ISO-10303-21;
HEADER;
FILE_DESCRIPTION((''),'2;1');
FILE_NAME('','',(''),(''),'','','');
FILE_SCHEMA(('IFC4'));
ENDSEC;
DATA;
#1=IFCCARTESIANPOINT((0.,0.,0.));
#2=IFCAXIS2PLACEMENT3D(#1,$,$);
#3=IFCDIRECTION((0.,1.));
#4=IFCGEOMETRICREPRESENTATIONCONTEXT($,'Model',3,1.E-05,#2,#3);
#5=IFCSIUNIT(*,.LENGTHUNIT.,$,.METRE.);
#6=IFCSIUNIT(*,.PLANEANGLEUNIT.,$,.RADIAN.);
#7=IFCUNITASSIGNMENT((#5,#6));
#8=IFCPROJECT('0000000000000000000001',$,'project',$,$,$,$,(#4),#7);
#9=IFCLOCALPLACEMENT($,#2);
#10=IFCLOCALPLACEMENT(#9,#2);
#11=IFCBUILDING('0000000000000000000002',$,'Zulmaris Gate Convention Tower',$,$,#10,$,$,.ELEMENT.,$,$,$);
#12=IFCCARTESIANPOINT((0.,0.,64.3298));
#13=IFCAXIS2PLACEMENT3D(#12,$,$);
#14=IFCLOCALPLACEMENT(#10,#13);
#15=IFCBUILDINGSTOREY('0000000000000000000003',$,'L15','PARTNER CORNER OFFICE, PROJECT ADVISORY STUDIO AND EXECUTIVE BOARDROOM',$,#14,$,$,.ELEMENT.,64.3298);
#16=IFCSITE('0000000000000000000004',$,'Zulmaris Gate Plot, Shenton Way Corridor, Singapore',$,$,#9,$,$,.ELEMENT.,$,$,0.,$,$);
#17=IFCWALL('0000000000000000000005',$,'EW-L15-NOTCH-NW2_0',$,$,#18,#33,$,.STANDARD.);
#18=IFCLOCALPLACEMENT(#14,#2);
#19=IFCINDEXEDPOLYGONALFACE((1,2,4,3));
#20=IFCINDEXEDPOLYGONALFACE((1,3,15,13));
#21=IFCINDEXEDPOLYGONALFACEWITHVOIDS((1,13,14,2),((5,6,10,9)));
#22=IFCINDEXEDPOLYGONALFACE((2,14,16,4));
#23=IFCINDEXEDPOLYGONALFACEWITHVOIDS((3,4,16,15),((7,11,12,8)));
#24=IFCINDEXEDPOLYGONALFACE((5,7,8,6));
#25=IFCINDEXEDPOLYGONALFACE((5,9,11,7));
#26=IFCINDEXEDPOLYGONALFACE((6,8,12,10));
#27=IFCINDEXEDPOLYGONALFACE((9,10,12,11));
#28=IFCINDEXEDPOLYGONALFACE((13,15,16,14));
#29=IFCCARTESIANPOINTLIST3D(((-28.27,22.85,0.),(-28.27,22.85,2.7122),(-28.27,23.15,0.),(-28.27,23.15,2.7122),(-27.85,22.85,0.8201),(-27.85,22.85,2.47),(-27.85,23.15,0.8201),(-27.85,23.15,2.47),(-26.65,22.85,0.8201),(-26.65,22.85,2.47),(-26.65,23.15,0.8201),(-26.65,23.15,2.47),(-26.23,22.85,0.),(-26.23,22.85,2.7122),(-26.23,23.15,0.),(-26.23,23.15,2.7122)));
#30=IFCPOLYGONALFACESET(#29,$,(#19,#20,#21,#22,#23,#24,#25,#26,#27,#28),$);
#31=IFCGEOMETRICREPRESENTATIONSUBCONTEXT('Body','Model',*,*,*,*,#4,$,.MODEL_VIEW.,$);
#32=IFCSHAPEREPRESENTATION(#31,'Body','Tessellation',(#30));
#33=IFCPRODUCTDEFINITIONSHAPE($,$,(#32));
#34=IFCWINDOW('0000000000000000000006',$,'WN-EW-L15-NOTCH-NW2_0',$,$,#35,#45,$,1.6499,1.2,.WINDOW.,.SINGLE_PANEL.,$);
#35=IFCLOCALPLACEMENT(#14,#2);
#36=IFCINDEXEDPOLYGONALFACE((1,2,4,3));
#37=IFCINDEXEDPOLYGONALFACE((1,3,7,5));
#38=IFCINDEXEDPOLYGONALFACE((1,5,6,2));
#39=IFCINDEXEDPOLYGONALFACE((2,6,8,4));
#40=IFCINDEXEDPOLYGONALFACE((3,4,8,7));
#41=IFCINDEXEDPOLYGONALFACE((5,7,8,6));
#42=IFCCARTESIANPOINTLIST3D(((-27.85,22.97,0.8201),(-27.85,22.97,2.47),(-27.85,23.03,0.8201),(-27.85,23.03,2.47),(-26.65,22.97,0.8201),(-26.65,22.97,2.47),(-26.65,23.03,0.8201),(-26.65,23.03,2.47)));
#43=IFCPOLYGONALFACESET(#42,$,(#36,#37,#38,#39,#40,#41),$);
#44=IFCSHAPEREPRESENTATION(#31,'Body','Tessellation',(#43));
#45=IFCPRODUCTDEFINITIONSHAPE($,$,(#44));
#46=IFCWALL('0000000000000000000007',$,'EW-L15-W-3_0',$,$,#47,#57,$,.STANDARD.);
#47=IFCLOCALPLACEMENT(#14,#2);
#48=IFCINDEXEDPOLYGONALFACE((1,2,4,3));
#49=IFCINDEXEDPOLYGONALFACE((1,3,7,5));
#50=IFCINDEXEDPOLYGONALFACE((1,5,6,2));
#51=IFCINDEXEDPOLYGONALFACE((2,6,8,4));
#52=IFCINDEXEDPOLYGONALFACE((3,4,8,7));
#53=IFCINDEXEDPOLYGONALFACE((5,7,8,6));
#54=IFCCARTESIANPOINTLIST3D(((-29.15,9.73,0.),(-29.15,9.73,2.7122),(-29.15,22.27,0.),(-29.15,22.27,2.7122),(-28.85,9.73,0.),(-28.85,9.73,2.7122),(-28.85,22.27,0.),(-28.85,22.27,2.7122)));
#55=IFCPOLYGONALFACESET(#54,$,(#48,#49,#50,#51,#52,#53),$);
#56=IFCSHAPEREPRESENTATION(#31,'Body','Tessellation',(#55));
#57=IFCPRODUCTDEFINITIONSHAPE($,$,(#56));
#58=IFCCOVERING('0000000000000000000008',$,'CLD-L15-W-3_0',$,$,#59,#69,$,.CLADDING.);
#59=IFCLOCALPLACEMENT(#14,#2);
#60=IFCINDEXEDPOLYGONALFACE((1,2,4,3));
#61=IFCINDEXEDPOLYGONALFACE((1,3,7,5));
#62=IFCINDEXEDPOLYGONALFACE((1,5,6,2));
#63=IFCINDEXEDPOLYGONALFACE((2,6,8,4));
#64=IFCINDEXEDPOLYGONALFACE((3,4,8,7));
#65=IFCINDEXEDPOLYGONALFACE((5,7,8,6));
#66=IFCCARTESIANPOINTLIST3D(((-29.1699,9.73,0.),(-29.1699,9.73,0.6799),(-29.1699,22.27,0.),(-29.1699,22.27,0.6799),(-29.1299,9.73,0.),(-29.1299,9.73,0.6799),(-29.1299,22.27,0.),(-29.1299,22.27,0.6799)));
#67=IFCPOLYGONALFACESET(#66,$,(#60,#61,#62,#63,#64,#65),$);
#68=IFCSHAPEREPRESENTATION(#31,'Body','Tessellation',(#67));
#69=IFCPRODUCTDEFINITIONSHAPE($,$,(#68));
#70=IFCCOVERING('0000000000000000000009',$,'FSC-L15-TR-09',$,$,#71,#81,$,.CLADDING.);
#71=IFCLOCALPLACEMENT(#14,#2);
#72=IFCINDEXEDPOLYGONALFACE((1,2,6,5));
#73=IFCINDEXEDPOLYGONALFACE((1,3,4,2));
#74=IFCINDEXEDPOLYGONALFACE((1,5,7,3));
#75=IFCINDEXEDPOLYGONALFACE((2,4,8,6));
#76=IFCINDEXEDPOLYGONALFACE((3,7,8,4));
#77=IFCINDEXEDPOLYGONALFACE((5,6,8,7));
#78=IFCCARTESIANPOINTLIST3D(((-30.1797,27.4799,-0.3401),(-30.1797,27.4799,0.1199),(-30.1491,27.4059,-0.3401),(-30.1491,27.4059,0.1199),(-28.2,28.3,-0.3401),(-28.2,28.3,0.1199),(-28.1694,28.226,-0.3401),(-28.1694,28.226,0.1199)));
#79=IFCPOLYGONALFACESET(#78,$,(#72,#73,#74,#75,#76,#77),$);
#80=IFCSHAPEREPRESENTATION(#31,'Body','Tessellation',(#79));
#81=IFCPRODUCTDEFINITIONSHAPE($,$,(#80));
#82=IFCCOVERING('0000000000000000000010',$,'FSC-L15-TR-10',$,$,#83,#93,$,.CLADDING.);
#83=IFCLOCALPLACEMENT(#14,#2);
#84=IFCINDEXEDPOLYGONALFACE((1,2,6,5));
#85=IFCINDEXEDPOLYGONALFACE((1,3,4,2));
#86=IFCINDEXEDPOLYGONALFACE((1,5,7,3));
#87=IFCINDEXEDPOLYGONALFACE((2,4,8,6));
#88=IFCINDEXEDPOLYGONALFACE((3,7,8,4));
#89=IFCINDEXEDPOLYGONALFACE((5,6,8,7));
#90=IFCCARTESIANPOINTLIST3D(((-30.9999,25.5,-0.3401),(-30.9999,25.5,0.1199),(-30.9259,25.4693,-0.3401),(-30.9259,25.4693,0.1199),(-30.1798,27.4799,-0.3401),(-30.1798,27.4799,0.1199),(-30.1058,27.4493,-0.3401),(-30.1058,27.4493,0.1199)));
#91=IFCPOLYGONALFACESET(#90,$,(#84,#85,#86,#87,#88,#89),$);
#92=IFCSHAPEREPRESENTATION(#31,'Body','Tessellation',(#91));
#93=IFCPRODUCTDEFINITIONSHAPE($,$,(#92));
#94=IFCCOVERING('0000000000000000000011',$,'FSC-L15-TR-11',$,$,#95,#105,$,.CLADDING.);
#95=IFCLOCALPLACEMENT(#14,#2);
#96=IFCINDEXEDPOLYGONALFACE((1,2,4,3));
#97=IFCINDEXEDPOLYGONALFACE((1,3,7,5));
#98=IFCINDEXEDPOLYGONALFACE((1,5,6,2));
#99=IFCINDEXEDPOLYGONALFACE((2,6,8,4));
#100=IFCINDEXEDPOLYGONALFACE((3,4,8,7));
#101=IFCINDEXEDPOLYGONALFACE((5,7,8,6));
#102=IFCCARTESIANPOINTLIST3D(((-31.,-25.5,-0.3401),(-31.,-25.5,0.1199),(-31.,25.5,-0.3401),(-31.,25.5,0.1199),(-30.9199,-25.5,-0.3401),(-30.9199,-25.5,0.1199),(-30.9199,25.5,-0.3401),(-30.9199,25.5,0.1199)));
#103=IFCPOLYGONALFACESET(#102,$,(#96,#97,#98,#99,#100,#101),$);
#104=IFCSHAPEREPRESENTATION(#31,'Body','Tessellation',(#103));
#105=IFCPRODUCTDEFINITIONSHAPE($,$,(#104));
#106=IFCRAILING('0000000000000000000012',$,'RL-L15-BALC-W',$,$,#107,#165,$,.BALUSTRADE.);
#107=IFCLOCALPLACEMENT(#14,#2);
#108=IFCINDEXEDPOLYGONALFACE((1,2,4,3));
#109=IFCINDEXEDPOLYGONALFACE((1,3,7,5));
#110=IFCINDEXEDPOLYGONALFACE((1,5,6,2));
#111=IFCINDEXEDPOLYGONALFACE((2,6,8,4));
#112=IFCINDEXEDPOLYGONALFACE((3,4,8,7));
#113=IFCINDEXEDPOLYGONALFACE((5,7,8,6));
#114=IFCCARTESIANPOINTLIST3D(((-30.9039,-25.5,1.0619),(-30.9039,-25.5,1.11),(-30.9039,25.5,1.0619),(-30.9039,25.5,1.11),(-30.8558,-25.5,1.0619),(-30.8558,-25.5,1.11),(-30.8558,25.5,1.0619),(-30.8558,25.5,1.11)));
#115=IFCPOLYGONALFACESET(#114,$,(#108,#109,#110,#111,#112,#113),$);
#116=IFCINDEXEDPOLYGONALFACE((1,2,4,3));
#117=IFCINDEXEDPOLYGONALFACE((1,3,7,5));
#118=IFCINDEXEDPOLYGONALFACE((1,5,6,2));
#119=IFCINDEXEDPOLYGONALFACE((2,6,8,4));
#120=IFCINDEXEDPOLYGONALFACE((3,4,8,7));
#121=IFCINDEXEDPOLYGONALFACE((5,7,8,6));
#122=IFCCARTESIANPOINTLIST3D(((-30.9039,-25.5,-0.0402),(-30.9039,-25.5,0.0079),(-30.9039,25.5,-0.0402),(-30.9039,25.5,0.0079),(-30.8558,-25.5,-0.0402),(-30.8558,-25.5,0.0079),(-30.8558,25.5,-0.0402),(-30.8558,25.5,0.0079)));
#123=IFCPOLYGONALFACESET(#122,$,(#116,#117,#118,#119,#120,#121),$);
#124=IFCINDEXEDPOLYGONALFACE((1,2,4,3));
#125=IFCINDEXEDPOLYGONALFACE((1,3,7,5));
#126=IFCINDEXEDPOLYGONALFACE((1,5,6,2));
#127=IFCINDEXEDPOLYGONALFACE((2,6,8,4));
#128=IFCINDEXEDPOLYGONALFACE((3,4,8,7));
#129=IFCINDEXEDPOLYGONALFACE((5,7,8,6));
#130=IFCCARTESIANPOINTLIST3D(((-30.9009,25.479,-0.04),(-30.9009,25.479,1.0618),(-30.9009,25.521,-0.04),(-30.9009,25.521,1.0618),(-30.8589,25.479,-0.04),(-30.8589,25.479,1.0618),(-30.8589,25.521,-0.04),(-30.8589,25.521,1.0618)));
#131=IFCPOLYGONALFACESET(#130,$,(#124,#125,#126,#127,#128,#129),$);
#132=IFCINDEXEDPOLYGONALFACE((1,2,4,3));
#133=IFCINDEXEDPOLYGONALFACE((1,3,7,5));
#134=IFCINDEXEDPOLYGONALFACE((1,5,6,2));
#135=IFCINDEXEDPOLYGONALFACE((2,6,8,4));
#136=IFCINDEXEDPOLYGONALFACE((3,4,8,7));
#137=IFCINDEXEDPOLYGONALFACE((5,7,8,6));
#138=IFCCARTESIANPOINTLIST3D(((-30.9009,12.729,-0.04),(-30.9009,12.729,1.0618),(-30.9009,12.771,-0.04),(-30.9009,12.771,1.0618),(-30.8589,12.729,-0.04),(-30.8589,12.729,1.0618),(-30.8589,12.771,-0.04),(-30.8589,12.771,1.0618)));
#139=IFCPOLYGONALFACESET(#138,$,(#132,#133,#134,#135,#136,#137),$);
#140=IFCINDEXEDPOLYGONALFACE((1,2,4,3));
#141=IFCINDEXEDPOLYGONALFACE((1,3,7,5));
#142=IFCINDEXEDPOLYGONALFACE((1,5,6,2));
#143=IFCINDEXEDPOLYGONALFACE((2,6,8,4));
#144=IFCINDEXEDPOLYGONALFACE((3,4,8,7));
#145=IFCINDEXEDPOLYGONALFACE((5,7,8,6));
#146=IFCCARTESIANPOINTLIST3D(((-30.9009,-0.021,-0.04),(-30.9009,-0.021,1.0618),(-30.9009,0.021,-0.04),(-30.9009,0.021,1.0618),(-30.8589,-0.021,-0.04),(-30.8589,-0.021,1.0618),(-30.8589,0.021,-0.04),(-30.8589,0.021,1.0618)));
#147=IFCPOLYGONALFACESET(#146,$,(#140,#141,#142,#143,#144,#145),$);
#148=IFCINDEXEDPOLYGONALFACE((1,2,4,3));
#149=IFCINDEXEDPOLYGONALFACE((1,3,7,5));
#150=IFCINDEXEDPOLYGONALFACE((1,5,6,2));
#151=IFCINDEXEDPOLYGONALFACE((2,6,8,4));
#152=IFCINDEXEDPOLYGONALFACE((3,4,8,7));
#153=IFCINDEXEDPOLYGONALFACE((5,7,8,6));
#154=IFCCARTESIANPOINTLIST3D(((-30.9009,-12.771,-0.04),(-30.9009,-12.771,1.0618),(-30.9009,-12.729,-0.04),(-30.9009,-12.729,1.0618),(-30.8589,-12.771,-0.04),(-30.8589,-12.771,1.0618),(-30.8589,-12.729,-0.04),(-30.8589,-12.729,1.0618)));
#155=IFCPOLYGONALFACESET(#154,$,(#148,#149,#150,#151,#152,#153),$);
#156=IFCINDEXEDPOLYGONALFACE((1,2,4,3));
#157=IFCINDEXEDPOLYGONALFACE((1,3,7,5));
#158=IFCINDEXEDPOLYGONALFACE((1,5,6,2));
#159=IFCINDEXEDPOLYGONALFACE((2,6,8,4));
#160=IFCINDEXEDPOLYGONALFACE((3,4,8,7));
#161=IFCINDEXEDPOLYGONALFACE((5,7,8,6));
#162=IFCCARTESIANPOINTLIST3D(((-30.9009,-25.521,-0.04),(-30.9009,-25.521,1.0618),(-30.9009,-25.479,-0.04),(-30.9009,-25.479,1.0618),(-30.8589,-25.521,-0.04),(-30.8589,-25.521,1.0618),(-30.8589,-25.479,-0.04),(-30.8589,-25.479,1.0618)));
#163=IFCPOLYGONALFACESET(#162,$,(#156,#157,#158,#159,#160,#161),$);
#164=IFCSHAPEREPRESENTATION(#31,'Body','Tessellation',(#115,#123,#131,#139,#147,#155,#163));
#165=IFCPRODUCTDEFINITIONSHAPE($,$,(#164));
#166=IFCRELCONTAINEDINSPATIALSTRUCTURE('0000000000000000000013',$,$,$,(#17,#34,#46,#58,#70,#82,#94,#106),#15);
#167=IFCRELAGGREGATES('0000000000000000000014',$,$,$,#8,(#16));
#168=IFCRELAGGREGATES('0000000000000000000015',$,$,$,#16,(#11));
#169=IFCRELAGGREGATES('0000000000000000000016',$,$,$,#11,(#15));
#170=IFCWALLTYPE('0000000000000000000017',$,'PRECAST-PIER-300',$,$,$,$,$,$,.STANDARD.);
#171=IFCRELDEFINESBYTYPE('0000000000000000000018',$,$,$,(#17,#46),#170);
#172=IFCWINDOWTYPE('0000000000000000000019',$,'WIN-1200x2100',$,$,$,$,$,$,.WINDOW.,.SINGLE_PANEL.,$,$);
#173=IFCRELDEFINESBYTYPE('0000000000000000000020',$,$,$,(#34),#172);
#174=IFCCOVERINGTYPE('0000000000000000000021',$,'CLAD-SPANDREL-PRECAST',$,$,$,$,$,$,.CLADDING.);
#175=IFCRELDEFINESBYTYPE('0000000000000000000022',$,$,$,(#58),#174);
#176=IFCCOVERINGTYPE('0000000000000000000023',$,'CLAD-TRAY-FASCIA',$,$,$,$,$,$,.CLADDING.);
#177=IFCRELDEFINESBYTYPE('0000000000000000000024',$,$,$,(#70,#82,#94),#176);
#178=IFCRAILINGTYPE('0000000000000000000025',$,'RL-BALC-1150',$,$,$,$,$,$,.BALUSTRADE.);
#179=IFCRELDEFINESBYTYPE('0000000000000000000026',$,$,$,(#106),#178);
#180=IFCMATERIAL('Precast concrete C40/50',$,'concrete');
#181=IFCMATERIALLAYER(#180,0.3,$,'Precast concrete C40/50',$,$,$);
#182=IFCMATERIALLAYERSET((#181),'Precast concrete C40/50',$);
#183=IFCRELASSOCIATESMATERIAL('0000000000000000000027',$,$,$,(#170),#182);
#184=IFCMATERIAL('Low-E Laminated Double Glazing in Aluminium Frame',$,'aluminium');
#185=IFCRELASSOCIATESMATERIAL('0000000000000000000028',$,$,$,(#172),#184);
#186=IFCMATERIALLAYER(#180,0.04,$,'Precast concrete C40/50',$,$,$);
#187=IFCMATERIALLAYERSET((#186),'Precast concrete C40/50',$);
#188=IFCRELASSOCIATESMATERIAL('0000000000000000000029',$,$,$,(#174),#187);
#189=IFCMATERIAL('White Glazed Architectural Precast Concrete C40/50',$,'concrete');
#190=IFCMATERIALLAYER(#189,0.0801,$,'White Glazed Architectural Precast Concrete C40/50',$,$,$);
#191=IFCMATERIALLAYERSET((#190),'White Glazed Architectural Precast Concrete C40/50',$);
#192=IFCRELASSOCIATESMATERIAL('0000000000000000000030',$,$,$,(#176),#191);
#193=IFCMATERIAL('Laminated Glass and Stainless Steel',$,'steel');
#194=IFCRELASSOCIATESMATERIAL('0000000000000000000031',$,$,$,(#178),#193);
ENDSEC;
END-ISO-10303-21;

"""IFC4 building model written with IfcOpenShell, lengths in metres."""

from ifc_helpers import new_model, si_unit, direction, frame, frame_2d, origin, origin_2d, place, context, subcontext, project, spatial, rectangle, extrude, material, layer, layer_set, type_object, element, fill, save


model = new_model("IFC4")

# Units and contexts
model_context = context("Model", 3, precision=1e-05, world=origin(), true_north=direction((0.0, 1.0)))
body_context = subcontext(model_context, "Body", "Model", "MODEL_VIEW")
ifc_project = project(units=[si_unit("LENGTHUNIT", "METRE"), si_unit("PLANEANGLEUNIT", "RADIAN")], contexts=[model_context])

# Site, building, storey
site_placement = place(None, origin())
site = spatial("IfcSite", under=ifc_project, at=site_placement, Name="Zulmaris Gate Plot, Shenton Way Corridor, Singapore", CompositionType="ELEMENT", RefElevation=0.0)
building_placement = place(site_placement, origin())
building = spatial("IfcBuilding", under=site, at=building_placement, Name="Zulmaris Gate Convention Tower", CompositionType="ELEMENT")
storey_placement = place(building_placement, frame((0.0, 0.0, 64.3298)))
storey = spatial("IfcBuildingStorey", under=building, at=storey_placement, Name="L15", Description="PARTNER CORNER OFFICE, PROJECT ADVISORY STUDIO AND EXECUTIVE BOARDROOM", CompositionType="ELEMENT", Elevation=64.3298)

# Wall, opening, window
ifc_material_1 = material(Name="Precast concrete C40/50", Category="concrete")
ifc_layer_1 = layer(ifc_material_1, 0.3, Name="Precast concrete C40/50")
ifc_layer_set_1 = layer_set([ifc_layer_1], Name="Precast concrete C40/50")
wall_type_1 = type_object("IfcWallType", Name="PRECAST-PIER-300", PredefinedType="STANDARD", material=ifc_layer_set_1)
ifc_material_2 = material(Name="Low-E Laminated Double Glazing in Aluminium Frame", Category="aluminium")
window_type = type_object("IfcWindowType", Name="WIN-1200x2100", PartitioningType="SINGLE_PANEL", PredefinedType="WINDOW", material=ifc_material_2)
wall_1_placement = place(storey_placement, frame((-26.23, 23.0, 0.0), z_axis=(0.0, 0.0, 1.0), x_axis=(-1.0, 0.0, 0.0)))
wall_1 = element("IfcWall", 1, at=wall_1_placement, inside=storey, type_object=wall_type_1, Name="EW-L15-NOTCH-NW2_0", PredefinedType="STANDARD", context=body_context, shape_type="SweptSolid", body=[
    extrude(rectangle(XDim=2.04, YDim=0.3, at=frame_2d((1.02, 0.0))), origin(), (0.0, 0.0, 1.0), 2.7122),
])
opening_1_placement = place(wall_1_placement, frame((0.4199, 0.0, 0.8201)))
opening_1 = element("IfcOpeningElement", 2, at=opening_1_placement, cuts=wall_1, PredefinedType="OPENING", context=body_context, shape_type="SweptSolid", body=[
    extrude(rectangle(XDim=1.2, YDim=1.6499, at=frame_2d((0.6001, 0.825))), frame((0.0, 0.1602, 0.0), z_axis=(0.0, -1.0, 0.0), x_axis=(1.0, 0.0, 0.0)), (0.0, 0.0, 1.0), 0.3201),
])
window_1_placement = place(opening_1_placement, origin())
window_1 = element("IfcWindow", 3, at=window_1_placement, inside=storey, type_object=window_type, Name="WN-EW-L15-NOTCH-NW2_0", OverallHeight=1.6499, OverallWidth=1.2, PartitioningType="SINGLE_PANEL", PredefinedType="WINDOW", context=body_context, shape_type="SweptSolid", body=[
    extrude(rectangle(XDim=1.2, YDim=1.6499, at=frame_2d((0.6001, 0.825))), frame((0.0, 0.03, 0.0), z_axis=(0.0, -1.0, 0.0), x_axis=(1.0, 0.0, 0.0)), (0.0, 0.0, 1.0), 0.0601),
])
fill(opening_1, window_1)

# Wall
wall_2_placement = place(storey_placement, frame((-29.0, 22.27, 0.0), z_axis=(0.0, 0.0, 1.0), x_axis=(0.0, -1.0, 0.0)))
element("IfcWall", 4, at=wall_2_placement, inside=storey, type_object=wall_type_1, Name="EW-L15-W-3_0", PredefinedType="STANDARD", context=body_context, shape_type="SweptSolid", body=[
    extrude(rectangle(XDim=12.54, YDim=0.3, at=frame_2d((6.27, 0.0))), origin(), (0.0, 0.0, 1.0), 2.7122),
])

# Coverings
ifc_layer_2 = layer(ifc_material_1, 0.04, Name="Precast concrete C40/50")
ifc_layer_set_2 = layer_set([ifc_layer_2], Name="Precast concrete C40/50")
covering_type_1 = type_object("IfcCoveringType", Name="CLAD-SPANDREL-PRECAST", PredefinedType="CLADDING", material=ifc_layer_set_2)
covering_1_placement = place(storey_placement, frame((-29.1499, 22.27, 0.0), z_axis=(0.0, 0.0, 1.0), x_axis=(0.0, -1.0, 0.0)))
element("IfcCovering", 5, at=covering_1_placement, inside=storey, type_object=covering_type_1, Name="CLD-L15-W-3_0", PredefinedType="CLADDING", context=body_context, shape_type="SweptSolid", body=[
    extrude(rectangle(XDim=12.54, YDim=0.04, at=frame_2d((6.27, 0.0))), origin(), (0.0, 0.0, 1.0), 0.6799),
])
ifc_material_3 = material(Name="White Glazed Architectural Precast Concrete C40/50", Category="concrete")
ifc_layer_3 = layer(ifc_material_3, 0.0801, Name="White Glazed Architectural Precast Concrete C40/50")
ifc_layer_set_3 = layer_set([ifc_layer_3], Name="White Glazed Architectural Precast Concrete C40/50")
covering_type_2 = type_object("IfcCoveringType", Name="CLAD-TRAY-FASCIA", PredefinedType="CLADDING", material=ifc_layer_set_3)
covering_2_placement = place(storey_placement, frame((-28.1848, 28.2629, -0.3401), z_axis=(0.0, 0.0, 1.0), x_axis=(-0.923874, -0.382697, 0.0)))
element("IfcCovering", 6, at=covering_2_placement, inside=storey, type_object=covering_type_2, Name="FSC-L15-TR-09", PredefinedType="CLADDING", context=body_context, shape_type="SweptSolid", body=[
    extrude(rectangle(XDim=2.1428, YDim=0.0801, at=frame_2d((1.0713, 0.0))), origin(), (0.0, 0.0, 1.0), 0.46),
])
covering_3_placement = place(storey_placement, frame((-30.1428, 27.4646, -0.3401), z_axis=(0.0, 0.0, 1.0), x_axis=(-0.382657, -0.92389, 0.0)))
element("IfcCovering", 7, at=covering_3_placement, inside=storey, type_object=covering_type_2, Name="FSC-L15-TR-10", PredefinedType="CLADDING", context=body_context, shape_type="SweptSolid", body=[
    extrude(rectangle(XDim=2.1431, YDim=0.0801, at=frame_2d((1.0715, 0.0))), origin(), (0.0, 0.0, 1.0), 0.46),
])
covering_4_placement = place(storey_placement, frame((-30.96, 25.5, -0.3401), z_axis=(0.0, 0.0, 1.0), x_axis=(0.0, -1.0, 0.0)))
element("IfcCovering", 8, at=covering_4_placement, inside=storey, type_object=covering_type_2, Name="FSC-L15-TR-11", PredefinedType="CLADDING", context=body_context, shape_type="SweptSolid", body=[
    extrude(rectangle(XDim=51.0, YDim=0.0801, at=frame_2d((25.5, 0.0))), origin(), (0.0, 0.0, 1.0), 0.46),
])

# Railing
ifc_material_4 = material(Name="Laminated Glass and Stainless Steel", Category="steel")
railing_type = type_object("IfcRailingType", Name="RL-BALC-1150", PredefinedType="BALUSTRADE", material=ifc_material_4)
railing_placement = place(storey_placement, frame((-30.8799, 25.5, -0.04)))
element("IfcRailing", 9, at=railing_placement, inside=storey, type_object=railing_type, Name="RL-L15-BALC-W", PredefinedType="BALUSTRADE", context=body_context, shape_type="SweptSolid", body=[
    extrude(rectangle(XDim=0.0481, YDim=0.0481, at=origin_2d()), frame((0.0, 0.0, 1.126), z_axis=(0.0, -1.0, 0.0), x_axis=(1.0, 0.0, 0.0)), (0.0, 0.0, 1.0), 51.0),
    extrude(rectangle(XDim=0.0481, YDim=0.0481, at=origin_2d()), frame((0.0, 0.0, 0.0239), z_axis=(0.0, -1.0, 0.0), x_axis=(1.0, 0.0, 0.0)), (0.0, 0.0, 1.0), 51.0),
    extrude(rectangle(XDim=0.042, YDim=0.042, at=origin_2d()), origin(), (0.0, 0.0, 1.0), 1.1018),
    extrude(rectangle(XDim=0.042, YDim=0.042, at=origin_2d()), frame((0.0, -12.75, 0.0)), (0.0, 0.0, 1.0), 1.1018),
    extrude(rectangle(XDim=0.042, YDim=0.042, at=origin_2d()), frame((0.0, -25.5, 0.0)), (0.0, 0.0, 1.0), 1.1018),
    extrude(rectangle(XDim=0.042, YDim=0.042, at=origin_2d()), frame((0.0, -38.25, 0.0)), (0.0, 0.0, 1.0), 1.1018),
    extrude(rectangle(XDim=0.042, YDim=0.042, at=origin_2d()), frame((0.0, -51.0, 0.0)), (0.0, 0.0, 1.0), 1.1018),
])

save(model, "model.ifc")
